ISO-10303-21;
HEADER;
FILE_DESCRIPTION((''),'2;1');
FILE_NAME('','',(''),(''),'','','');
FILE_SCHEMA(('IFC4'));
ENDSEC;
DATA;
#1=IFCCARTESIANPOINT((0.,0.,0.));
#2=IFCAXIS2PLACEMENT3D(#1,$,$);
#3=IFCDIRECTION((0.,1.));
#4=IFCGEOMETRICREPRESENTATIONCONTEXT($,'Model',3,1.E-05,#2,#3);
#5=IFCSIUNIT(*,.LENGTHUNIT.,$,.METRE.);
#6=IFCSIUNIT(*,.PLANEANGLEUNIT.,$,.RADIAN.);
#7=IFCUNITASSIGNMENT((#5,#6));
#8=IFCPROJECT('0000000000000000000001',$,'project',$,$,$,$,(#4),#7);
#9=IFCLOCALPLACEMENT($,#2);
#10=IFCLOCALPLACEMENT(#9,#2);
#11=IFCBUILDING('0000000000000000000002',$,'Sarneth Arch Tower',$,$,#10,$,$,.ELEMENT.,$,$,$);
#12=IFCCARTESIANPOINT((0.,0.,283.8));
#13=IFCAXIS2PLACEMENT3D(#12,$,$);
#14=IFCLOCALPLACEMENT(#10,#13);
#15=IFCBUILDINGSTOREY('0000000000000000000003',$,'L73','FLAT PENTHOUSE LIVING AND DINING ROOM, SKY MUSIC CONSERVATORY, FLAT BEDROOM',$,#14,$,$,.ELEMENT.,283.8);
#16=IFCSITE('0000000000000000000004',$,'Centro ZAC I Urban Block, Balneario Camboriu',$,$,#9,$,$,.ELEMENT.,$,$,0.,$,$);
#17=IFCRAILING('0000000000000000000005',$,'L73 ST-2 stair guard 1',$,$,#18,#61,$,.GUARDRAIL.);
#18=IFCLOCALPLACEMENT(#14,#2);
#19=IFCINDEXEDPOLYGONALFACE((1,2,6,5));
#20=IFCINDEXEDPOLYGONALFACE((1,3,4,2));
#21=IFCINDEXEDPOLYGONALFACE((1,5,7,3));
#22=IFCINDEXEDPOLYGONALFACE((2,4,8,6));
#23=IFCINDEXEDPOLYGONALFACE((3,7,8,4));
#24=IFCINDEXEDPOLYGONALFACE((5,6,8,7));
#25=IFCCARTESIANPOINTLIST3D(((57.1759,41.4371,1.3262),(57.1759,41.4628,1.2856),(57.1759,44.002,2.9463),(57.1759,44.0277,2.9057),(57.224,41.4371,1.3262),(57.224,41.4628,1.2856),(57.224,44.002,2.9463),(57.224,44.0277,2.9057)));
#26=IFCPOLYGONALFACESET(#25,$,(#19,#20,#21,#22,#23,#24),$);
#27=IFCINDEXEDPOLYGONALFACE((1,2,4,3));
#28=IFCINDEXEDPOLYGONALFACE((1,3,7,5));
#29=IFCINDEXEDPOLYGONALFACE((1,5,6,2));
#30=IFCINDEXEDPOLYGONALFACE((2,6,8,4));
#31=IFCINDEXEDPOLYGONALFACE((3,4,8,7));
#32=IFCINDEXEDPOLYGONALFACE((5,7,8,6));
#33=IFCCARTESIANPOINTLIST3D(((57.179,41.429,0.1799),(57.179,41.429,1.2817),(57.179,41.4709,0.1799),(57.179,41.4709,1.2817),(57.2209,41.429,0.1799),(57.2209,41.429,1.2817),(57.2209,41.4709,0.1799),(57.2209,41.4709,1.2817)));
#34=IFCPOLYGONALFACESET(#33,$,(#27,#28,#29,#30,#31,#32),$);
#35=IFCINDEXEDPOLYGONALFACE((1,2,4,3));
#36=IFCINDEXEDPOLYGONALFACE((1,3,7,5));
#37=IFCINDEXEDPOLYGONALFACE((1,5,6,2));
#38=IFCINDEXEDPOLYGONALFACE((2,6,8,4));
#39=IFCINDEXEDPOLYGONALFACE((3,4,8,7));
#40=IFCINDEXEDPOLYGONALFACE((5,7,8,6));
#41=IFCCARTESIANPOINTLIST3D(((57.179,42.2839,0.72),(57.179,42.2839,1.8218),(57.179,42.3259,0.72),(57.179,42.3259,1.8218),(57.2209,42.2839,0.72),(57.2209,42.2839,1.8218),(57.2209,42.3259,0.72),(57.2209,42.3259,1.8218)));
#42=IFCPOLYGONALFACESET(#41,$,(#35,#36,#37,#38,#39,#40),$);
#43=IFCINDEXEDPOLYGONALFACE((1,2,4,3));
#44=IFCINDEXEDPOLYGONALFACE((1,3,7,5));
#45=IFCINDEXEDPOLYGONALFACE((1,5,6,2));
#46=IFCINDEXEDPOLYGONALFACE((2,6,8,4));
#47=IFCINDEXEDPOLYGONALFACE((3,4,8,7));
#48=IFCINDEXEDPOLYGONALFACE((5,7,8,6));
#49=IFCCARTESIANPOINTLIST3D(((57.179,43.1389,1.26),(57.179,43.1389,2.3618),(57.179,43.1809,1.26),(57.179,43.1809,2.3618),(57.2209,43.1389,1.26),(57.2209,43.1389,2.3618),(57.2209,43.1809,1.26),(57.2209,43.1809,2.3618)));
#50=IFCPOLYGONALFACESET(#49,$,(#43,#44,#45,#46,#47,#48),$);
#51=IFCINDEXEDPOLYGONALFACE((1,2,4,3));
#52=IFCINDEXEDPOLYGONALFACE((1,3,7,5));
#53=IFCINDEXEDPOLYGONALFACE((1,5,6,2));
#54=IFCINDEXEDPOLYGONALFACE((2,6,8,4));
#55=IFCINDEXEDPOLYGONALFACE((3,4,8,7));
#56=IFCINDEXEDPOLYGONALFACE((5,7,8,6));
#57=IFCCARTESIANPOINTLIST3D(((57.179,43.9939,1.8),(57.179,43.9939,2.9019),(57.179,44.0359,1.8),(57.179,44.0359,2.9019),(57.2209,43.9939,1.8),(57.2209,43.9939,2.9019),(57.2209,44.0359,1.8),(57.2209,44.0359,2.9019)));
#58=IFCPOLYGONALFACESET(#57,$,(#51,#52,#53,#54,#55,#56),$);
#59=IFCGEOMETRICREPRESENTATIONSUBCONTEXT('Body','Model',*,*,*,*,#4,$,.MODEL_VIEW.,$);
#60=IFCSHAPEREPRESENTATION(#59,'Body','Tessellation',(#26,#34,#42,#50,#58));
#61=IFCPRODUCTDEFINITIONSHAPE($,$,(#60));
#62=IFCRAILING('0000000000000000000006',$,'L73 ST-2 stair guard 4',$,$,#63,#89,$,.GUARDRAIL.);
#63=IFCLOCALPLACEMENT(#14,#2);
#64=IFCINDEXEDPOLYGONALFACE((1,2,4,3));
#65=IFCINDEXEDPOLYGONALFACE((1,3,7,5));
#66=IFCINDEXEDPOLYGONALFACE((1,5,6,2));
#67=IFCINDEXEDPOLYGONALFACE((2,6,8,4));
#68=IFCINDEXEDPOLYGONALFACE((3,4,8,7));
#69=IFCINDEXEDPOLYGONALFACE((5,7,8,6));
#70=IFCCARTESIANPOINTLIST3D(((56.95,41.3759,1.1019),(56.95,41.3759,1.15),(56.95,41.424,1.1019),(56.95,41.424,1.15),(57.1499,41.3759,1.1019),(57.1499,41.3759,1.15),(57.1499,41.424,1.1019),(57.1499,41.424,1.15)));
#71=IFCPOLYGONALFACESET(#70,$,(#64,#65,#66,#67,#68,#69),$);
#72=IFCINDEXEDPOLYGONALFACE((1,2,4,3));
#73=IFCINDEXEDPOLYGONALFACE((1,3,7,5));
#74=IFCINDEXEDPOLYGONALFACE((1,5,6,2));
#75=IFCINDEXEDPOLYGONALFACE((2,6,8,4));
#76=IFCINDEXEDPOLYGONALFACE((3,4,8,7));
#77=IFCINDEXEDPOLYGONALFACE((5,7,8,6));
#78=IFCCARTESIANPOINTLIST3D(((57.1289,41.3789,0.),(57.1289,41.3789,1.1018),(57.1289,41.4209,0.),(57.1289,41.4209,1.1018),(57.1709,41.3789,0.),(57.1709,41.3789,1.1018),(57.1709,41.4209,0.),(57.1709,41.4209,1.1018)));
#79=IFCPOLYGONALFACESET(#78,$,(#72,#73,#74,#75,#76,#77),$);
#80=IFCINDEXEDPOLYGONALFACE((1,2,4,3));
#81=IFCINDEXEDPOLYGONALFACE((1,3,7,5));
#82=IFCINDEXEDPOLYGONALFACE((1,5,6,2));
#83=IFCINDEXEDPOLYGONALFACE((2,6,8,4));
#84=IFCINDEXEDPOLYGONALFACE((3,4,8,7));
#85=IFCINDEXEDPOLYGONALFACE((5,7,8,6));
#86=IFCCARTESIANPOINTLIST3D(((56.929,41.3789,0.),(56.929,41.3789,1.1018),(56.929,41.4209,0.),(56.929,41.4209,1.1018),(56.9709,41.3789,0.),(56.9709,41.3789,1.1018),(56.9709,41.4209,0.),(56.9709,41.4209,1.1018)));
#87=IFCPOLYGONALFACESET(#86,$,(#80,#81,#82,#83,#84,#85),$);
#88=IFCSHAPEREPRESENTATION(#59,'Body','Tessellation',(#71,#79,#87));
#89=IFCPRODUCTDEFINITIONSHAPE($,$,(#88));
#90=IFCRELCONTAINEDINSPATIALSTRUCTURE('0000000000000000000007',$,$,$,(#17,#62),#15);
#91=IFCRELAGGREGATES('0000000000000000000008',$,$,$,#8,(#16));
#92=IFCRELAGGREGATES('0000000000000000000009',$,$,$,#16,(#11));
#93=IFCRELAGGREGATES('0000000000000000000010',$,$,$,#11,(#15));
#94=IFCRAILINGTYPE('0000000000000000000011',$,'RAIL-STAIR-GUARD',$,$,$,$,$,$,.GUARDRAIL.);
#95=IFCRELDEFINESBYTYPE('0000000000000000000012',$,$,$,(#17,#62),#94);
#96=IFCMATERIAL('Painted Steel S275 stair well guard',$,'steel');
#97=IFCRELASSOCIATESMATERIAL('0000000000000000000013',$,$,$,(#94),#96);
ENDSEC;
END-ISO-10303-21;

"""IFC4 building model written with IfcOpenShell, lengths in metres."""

from ifc_helpers import new_model, si_unit, direction, frame, origin, origin_2d, place, context, subcontext, project, spatial, rectangle, extrude, material, type_object, element, save


model = new_model("IFC4")

# Units and contexts
model_context = context("Model", 3, precision=1e-05, world=origin(), true_north=direction((0.0, 1.0)))
body_context = subcontext(model_context, "Body", "Model", "MODEL_VIEW")
ifc_project = project(units=[si_unit("LENGTHUNIT", "METRE"), si_unit("PLANEANGLEUNIT", "RADIAN")], contexts=[model_context])

# Site, building, storey
site_placement = place(None, origin())
site = spatial("IfcSite", under=ifc_project, at=site_placement, Name="Centro ZAC I Urban Block, Balneario Camboriu", CompositionType="ELEMENT", RefElevation=0.0)
building_placement = place(site_placement, origin())
building = spatial("IfcBuilding", under=site, at=building_placement, Name="Sarneth Arch Tower", CompositionType="ELEMENT")
storey_placement = place(building_placement, frame((0.0, 0.0, 283.8)))
storey = spatial("IfcBuildingStorey", under=building, at=storey_placement, Name="L73", Description="FLAT PENTHOUSE LIVING AND DINING ROOM, SKY MUSIC CONSERVATORY, FLAT BEDROOM", CompositionType="ELEMENT", Elevation=283.8)

# Railings
ifc_material_1 = material(Name="Painted Steel S275 stair well guard", Category="steel")
railing_type_1 = type_object("IfcRailingType", Name="RAIL-STAIR-GUARD", PredefinedType="GUARDRAIL", material=ifc_material_1)
railing_1_placement = place(storey_placement, frame((57.2, 41.45, 0.1799)))
element("IfcRailing", 1, at=railing_1_placement, inside=storey, type_object=railing_type_1, Name="L73 ST-2 stair guard 1", PredefinedType="GUARDRAIL", context=body_context, shape_type="SweptSolid", body=[
    extrude(rectangle(XDim=0.0481, YDim=0.0481, at=origin_2d()), frame((0.0, 0.0, 1.126), z_axis=(0.0, 0.845466, 0.534029), x_axis=(-1.0, 0.0, 0.0)), (0.0, 0.0, 1.0), 3.0337),
    extrude(rectangle(XDim=0.042, YDim=0.042, at=origin_2d()), origin(), (0.0, 0.0, 1.0), 1.1018),
    extrude(rectangle(XDim=0.042, YDim=0.042, at=origin_2d()), frame((0.0, 0.855, 0.54)), (0.0, 0.0, 1.0), 1.1018),
    extrude(rectangle(XDim=0.042, YDim=0.042, at=origin_2d()), frame((0.0, 1.71, 1.0801)), (0.0, 0.0, 1.0), 1.1018),
    extrude(rectangle(XDim=0.042, YDim=0.042, at=origin_2d()), frame((0.0, 2.5649, 1.6201)), (0.0, 0.0, 1.0), 1.1018),
])
railing_2_placement = place(storey_placement, frame((57.1499, 41.3999, 0.0)))
element("IfcRailing", 2, at=railing_2_placement, inside=storey, type_object=railing_type_1, Name="L73 ST-2 stair guard 4", PredefinedType="GUARDRAIL", context=body_context, shape_type="SweptSolid", body=[
    extrude(rectangle(XDim=0.0481, YDim=0.0481, at=origin_2d()), frame((0.0, 0.0, 1.126), z_axis=(-1.0, 0.0, 0.0), x_axis=(0.0, -1.0, 0.0)), (0.0, 0.0, 1.0), 0.2),
    extrude(rectangle(XDim=0.042, YDim=0.042, at=origin_2d()), origin(), (0.0, 0.0, 1.0), 1.1018),
    extrude(rectangle(XDim=0.042, YDim=0.042, at=origin_2d()), frame((-0.2, 0.0, 0.0)), (0.0, 0.0, 1.0), 1.1018),
])

save(model, "model.ifc")
